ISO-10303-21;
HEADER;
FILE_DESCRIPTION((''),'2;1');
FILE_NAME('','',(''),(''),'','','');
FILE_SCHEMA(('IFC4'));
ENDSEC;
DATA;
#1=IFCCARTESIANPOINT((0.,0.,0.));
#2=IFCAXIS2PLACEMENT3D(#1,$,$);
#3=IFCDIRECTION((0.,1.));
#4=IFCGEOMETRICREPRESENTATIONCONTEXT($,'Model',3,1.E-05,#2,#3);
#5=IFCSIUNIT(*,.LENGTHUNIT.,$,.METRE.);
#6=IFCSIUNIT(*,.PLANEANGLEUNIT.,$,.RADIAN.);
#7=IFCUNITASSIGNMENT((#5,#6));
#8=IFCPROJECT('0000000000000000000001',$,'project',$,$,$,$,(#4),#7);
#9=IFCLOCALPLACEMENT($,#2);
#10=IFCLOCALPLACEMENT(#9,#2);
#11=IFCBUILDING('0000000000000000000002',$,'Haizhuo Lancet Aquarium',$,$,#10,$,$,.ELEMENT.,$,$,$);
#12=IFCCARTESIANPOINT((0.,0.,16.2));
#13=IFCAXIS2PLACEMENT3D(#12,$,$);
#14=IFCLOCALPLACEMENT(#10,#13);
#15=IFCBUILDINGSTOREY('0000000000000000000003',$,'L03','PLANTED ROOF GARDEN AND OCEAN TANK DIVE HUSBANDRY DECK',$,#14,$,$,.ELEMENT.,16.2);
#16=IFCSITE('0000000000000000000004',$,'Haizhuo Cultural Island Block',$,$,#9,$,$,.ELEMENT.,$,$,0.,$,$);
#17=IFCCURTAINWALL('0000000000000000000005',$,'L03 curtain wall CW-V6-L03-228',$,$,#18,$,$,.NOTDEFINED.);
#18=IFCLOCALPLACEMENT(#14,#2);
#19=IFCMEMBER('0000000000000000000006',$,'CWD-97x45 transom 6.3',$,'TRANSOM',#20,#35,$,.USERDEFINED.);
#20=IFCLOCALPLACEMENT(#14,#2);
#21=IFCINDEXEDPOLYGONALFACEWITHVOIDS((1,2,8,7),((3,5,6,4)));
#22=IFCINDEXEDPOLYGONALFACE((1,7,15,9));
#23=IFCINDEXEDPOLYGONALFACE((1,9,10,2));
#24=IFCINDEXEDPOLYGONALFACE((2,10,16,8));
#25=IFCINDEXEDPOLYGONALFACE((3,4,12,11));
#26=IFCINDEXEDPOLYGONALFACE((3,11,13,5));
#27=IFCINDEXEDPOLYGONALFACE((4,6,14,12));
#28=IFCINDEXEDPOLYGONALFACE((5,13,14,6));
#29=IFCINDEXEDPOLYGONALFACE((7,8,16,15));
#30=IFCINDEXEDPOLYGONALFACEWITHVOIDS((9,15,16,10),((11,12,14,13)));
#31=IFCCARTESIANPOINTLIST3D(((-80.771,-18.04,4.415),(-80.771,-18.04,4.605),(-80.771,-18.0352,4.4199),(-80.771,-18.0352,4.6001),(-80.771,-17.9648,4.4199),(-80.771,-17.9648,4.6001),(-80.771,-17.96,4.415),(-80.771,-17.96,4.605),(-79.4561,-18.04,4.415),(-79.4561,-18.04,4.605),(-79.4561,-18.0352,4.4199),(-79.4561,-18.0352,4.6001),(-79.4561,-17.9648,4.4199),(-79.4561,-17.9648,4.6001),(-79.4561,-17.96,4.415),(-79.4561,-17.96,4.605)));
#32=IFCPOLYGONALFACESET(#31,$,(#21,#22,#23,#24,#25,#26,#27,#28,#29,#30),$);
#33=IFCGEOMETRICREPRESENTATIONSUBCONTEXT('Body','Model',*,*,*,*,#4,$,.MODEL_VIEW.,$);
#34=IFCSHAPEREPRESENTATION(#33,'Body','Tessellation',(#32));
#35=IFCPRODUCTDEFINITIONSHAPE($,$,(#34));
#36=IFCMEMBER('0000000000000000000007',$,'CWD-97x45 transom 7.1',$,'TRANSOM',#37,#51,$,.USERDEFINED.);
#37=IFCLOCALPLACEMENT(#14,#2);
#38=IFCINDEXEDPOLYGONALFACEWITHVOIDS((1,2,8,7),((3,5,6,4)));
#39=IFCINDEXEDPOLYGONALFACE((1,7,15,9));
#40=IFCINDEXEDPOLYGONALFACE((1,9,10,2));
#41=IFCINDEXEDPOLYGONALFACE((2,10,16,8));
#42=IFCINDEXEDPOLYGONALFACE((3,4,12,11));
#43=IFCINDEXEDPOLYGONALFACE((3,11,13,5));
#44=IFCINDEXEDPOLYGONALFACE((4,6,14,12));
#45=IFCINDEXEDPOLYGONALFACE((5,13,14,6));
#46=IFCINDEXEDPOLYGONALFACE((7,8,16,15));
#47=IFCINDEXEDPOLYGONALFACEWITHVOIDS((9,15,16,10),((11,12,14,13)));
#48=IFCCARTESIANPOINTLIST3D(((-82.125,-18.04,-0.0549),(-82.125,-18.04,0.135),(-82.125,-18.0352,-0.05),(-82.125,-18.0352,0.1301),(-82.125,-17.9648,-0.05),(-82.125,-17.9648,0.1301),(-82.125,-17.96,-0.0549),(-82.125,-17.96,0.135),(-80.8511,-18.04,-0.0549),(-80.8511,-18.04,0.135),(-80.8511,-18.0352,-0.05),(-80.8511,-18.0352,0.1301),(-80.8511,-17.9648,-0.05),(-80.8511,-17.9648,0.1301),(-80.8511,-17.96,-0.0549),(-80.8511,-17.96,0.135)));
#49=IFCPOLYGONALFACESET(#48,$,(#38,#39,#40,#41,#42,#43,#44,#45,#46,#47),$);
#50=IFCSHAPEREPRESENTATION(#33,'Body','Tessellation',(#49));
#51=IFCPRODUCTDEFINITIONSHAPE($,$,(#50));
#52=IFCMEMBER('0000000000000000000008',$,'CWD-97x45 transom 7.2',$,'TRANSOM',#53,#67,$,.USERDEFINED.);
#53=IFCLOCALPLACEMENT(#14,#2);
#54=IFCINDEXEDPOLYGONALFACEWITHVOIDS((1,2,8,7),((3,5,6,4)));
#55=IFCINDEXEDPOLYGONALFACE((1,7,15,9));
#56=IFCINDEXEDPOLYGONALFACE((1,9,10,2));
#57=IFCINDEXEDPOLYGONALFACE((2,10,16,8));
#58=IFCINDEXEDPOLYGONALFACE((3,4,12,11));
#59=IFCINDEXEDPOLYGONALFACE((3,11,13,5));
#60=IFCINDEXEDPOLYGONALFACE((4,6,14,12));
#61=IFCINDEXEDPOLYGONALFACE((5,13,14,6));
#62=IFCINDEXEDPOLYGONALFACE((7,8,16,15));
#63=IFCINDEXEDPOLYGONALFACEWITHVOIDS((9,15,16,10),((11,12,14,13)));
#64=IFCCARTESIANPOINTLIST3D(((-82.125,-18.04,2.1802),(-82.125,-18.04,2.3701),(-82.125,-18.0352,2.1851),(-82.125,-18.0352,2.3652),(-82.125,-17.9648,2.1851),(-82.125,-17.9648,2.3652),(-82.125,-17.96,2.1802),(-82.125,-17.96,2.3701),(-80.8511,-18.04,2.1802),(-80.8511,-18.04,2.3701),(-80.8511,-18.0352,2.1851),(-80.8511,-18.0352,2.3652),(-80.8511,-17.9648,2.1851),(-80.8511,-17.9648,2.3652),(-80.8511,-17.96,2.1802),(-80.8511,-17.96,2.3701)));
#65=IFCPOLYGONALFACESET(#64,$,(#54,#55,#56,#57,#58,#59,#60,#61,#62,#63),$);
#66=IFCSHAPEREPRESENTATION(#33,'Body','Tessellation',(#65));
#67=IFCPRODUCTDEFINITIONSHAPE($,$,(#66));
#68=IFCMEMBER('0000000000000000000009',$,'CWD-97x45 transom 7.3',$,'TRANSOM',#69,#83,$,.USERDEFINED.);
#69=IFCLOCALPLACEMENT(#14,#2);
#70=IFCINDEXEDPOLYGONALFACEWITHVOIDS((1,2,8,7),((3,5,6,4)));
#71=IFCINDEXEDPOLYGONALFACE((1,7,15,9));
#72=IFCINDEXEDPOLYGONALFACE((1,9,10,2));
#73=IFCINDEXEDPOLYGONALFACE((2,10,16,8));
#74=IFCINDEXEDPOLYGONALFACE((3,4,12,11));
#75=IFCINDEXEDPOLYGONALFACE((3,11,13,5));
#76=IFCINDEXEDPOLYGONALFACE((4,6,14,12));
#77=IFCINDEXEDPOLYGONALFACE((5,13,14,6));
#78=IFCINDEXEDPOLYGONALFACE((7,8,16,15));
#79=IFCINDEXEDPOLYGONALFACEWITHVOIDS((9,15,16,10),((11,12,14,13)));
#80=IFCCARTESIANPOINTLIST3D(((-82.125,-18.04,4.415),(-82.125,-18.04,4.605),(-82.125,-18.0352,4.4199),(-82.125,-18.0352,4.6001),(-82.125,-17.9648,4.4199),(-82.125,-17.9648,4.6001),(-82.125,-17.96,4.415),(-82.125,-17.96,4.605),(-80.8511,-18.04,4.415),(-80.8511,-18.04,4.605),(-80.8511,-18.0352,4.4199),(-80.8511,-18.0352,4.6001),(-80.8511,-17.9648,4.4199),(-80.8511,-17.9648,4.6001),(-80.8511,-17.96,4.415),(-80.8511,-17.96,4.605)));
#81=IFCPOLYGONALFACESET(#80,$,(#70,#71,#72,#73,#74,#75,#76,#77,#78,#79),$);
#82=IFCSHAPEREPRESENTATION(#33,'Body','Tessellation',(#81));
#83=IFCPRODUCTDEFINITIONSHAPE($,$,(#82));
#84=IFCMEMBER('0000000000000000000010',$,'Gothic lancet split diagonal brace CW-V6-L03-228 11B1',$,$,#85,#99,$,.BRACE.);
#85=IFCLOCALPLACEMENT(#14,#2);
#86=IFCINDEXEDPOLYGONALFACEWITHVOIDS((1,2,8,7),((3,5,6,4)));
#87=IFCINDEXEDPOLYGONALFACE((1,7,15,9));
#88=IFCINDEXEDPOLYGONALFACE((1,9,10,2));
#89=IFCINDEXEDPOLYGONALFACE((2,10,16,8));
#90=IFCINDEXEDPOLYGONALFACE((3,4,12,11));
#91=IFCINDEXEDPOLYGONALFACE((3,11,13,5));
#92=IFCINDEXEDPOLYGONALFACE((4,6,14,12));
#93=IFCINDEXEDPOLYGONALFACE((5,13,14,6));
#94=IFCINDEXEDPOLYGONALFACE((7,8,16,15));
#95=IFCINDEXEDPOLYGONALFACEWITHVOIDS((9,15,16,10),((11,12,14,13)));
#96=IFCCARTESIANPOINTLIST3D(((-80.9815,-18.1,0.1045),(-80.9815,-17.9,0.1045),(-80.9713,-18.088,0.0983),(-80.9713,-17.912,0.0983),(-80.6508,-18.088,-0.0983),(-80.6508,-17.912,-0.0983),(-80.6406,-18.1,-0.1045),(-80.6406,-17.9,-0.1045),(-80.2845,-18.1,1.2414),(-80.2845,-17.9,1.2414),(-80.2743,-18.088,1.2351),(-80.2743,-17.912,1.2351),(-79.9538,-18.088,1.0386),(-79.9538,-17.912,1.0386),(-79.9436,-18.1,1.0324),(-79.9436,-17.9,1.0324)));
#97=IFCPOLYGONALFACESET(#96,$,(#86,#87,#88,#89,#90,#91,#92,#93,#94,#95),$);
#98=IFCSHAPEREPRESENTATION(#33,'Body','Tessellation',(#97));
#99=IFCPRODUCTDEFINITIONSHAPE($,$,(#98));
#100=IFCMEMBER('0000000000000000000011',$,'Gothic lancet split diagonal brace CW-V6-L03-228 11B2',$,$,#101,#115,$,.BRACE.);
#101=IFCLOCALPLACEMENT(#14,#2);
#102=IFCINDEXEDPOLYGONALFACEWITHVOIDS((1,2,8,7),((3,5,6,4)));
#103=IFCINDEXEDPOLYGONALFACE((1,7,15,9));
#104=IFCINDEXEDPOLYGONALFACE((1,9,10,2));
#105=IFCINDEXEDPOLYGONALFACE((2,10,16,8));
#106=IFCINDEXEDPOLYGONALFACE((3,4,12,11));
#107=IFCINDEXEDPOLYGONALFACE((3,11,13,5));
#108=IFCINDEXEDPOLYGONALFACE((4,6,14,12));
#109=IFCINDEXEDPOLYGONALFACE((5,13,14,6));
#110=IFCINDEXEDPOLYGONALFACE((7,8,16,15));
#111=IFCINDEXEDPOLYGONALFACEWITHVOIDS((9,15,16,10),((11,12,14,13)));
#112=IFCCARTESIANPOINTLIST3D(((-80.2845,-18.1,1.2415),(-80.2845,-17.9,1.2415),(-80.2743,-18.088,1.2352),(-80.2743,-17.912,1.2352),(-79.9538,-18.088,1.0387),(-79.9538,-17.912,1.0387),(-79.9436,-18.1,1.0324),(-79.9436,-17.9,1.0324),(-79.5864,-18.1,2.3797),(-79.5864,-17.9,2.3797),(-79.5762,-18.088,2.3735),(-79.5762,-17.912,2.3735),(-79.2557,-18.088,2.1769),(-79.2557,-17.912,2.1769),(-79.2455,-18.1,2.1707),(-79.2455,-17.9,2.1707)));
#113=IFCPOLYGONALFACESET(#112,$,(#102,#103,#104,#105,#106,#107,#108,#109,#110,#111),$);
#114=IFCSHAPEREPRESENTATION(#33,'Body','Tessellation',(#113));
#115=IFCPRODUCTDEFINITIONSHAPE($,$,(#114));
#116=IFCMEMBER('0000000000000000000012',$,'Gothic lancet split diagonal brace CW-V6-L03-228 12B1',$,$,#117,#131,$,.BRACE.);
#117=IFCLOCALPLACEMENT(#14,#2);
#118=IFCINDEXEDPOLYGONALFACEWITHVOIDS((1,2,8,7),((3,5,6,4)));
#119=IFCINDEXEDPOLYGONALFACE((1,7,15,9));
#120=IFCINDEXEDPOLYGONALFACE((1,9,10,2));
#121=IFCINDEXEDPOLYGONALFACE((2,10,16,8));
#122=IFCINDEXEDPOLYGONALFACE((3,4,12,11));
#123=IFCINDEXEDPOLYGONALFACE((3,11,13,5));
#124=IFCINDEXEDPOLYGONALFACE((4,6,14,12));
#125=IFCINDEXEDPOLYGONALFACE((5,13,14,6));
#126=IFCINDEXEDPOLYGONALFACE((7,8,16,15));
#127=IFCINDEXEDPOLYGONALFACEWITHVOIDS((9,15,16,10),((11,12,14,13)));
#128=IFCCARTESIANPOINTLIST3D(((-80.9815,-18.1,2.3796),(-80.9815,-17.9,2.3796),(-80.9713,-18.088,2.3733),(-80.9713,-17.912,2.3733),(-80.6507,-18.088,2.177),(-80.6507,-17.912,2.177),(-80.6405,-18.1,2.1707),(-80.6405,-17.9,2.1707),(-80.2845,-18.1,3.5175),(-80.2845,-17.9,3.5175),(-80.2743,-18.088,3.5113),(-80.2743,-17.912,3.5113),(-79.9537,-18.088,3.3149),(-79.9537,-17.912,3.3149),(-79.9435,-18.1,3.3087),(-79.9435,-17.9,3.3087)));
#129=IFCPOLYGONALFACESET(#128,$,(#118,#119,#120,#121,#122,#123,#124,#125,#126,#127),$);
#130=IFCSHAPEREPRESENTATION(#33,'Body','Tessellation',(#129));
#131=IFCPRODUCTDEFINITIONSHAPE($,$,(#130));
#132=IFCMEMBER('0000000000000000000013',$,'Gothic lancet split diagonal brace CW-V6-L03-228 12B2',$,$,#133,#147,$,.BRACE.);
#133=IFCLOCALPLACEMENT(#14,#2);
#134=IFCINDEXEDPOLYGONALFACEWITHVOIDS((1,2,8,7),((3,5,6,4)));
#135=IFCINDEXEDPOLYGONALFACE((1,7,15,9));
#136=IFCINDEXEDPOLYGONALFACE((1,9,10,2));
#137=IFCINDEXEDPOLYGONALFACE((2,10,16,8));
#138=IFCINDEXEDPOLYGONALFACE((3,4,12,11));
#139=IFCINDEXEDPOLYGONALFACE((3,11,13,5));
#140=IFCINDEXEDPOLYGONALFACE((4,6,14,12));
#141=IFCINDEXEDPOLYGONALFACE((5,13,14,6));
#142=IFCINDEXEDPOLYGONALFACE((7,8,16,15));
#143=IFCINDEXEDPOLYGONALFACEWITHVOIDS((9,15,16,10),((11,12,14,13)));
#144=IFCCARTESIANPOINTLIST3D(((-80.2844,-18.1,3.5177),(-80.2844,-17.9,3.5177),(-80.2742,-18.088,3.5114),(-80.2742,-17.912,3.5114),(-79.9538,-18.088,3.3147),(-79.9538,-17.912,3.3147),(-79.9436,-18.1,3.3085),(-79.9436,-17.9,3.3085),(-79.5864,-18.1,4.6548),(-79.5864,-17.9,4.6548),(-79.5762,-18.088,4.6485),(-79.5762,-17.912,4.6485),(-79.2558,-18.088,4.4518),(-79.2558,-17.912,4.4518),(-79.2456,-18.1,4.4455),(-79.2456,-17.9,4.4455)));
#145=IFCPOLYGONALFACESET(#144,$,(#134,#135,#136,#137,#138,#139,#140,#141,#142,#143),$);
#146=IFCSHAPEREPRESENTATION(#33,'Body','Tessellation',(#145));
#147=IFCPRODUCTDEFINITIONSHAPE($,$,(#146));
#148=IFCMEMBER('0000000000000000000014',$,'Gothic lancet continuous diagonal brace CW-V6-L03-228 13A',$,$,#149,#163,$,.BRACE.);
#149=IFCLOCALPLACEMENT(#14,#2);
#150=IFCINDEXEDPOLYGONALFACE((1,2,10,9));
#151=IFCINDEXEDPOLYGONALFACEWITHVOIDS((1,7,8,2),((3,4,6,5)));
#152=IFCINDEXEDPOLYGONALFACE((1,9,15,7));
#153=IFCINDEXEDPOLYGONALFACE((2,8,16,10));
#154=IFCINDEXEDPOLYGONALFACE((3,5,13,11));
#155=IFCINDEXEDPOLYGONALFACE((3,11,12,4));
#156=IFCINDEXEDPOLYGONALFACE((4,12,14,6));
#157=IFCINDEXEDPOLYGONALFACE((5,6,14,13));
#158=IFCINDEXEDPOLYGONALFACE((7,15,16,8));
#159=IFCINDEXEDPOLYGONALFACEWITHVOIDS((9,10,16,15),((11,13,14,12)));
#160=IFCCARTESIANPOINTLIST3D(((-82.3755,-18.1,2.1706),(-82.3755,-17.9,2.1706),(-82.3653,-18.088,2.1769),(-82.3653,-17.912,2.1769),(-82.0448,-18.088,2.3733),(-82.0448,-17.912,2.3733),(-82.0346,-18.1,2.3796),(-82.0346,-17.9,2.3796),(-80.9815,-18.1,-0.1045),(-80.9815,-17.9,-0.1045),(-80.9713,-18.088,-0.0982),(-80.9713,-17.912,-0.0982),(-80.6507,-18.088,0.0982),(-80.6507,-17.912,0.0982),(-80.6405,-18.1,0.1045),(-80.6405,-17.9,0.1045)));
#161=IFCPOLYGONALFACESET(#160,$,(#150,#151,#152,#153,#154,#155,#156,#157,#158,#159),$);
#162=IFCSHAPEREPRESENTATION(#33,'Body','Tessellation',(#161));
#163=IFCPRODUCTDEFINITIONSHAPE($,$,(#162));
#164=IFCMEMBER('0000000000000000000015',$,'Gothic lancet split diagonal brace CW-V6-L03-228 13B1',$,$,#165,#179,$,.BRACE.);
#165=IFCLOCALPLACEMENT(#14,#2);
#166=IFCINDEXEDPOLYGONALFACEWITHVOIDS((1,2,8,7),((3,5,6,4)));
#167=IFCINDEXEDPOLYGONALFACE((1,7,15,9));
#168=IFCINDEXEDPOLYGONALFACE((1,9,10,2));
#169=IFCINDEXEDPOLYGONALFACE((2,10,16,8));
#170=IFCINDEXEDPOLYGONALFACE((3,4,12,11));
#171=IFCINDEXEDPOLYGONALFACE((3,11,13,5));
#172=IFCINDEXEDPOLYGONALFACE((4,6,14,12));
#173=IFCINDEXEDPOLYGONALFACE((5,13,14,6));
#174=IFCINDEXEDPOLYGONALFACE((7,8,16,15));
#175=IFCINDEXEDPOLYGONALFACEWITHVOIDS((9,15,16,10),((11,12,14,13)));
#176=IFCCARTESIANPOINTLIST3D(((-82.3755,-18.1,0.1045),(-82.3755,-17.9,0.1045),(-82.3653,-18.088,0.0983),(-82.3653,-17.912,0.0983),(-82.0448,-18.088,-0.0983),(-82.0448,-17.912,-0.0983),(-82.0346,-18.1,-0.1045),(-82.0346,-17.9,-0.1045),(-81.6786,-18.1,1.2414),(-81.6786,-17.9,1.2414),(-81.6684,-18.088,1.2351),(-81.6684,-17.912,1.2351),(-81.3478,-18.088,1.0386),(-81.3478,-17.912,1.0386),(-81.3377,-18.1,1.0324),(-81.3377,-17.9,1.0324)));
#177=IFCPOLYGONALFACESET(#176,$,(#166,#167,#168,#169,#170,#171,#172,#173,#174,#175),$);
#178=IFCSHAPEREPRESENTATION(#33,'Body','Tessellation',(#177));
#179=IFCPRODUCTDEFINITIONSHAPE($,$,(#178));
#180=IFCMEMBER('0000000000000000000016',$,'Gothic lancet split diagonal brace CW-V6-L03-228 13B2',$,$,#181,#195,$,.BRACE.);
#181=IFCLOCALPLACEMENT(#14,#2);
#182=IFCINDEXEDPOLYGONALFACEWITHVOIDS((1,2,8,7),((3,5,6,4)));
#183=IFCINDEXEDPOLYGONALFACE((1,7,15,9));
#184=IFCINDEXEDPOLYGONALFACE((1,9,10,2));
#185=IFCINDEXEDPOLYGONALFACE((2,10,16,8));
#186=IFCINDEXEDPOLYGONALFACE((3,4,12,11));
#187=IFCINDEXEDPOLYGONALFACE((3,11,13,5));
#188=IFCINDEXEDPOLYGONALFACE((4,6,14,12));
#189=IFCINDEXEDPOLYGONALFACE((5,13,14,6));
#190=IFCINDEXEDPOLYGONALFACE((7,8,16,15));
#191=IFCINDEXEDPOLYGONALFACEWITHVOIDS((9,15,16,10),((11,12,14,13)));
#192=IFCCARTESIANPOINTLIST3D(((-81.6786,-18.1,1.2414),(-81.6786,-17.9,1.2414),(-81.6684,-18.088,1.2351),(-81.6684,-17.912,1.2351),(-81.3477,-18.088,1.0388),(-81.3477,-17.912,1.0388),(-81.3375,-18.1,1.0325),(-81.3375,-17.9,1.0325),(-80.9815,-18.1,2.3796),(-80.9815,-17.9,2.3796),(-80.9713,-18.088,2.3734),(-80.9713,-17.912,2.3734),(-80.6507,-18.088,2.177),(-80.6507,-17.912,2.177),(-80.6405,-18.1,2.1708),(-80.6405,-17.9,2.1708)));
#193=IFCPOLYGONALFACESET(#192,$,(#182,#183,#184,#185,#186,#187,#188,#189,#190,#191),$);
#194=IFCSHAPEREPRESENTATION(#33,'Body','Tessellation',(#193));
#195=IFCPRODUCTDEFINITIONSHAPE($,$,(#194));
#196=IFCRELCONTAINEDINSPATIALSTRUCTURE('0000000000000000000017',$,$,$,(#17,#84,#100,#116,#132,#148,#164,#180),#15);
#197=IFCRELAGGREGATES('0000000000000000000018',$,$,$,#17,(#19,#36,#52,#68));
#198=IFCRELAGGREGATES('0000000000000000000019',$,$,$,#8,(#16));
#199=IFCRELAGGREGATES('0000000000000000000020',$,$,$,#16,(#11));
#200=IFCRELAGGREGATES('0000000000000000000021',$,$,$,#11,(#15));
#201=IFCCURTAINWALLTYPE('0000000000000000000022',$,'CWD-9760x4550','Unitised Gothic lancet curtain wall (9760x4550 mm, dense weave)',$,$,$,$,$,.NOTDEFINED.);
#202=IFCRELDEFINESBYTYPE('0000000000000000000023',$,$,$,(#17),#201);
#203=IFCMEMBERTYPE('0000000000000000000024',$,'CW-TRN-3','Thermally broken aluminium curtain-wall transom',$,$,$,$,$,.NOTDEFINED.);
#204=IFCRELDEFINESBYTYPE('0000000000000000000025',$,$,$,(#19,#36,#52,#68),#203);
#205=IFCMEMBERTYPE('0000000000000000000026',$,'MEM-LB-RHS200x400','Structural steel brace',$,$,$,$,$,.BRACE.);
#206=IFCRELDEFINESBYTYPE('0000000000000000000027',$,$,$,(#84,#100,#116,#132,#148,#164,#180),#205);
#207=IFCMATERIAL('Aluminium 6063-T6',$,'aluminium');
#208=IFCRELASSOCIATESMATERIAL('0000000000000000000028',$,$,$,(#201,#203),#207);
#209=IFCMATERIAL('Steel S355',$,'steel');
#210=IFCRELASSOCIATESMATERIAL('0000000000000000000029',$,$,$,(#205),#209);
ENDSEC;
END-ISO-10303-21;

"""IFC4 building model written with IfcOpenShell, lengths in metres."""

from ifc_helpers import new_model, si_unit, direction, frame, origin, origin_2d, place, context, subcontext, project, spatial, hollow_rectangle, extrude, material, material_profile, profile_set, type_object, element, aggregate, save


model = new_model("IFC4")

# Units and contexts
model_context = context("Model", 3, precision=1e-05, world=origin(), true_north=direction((0.0, 1.0)))
body_context = subcontext(model_context, "Body", "Model", "MODEL_VIEW")
ifc_project = project(units=[si_unit("LENGTHUNIT", "METRE"), si_unit("PLANEANGLEUNIT", "RADIAN")], contexts=[model_context])

# Site, building, storey
site_placement = place(None, origin())
site = spatial("IfcSite", under=ifc_project, at=site_placement, Name="Haizhuo Cultural Island Block", CompositionType="ELEMENT", RefElevation=0.0)
building_placement = place(site_placement, origin())
building = spatial("IfcBuilding", under=site, at=building_placement, Name="Haizhuo Lancet Aquarium", CompositionType="ELEMENT")
storey_placement = place(building_placement, frame((0.0, 0.0, 16.2)))
storey = spatial("IfcBuildingStorey", under=building, at=storey_placement, Name="L03", Description="PLANTED ROOF GARDEN AND OCEAN TANK DIVE HUSBANDRY DECK", CompositionType="ELEMENT", Elevation=16.2)

# Shared definitions
ifc_material_1 = material(Name="Steel S355", Category="steel")

# Curtain wall, members
ifc_material_2 = material(Name="Aluminium 6063-T6", Category="aluminium")
curtain_wall_type = type_object("IfcCurtainWallType", Name="CWD-9760x4550", Description="Unitised Gothic lancet curtain wall (9760x4550 mm, dense weave)", PredefinedType="NOTDEFINED", material=ifc_material_2)
curtain_wall_placement = place(storey_placement, origin())
curtain_wall = element("IfcCurtainWall", 1, at=curtain_wall_placement, inside=storey, type_object=curtain_wall_type, Name="L03 curtain wall CW-V6-L03-228", PredefinedType="NOTDEFINED")
ifc_material_profile_1 = material_profile(ifc_material_2, hollow_rectangle(XDim=0.0801, YDim=0.1899, WallThickness=0.0049, at=origin_2d()), Name="ALU-T 80x190x5")
ifc_profile_set_1 = profile_set([ifc_material_profile_1], Name="Aluminium 6063-T6")
member_type_1 = type_object("IfcMemberType", Name="CW-TRN-3", Description="Thermally broken aluminium curtain-wall transom", PredefinedType="NOTDEFINED", material=ifc_profile_set_1)
member_1_placement = place(storey_placement, frame((-79.4561, -18.0, 4.51), z_axis=(-1.0, 0.0, 0.0), x_axis=(0.0, -1.0, 0.0)))
member_1 = element("IfcMember", 2, at=member_1_placement, type_object=member_type_1, Name="CWD-97x45 transom 6.3", ObjectType="TRANSOM", PredefinedType="USERDEFINED", context=body_context, shape_type="SweptSolid", body=[
    extrude(hollow_rectangle(XDim=0.0801, YDim=0.1899, WallThickness=0.0049, at=origin_2d()), origin(), (0.0, 0.0, 1.0), 1.3149),
])
member_2_placement = place(storey_placement, frame((-80.8511, -18.0, 0.04), z_axis=(-1.0, 0.0, 0.0), x_axis=(0.0, -1.0, 0.0)))
member_2 = element("IfcMember", 3, at=member_2_placement, type_object=member_type_1, Name="CWD-97x45 transom 7.1", ObjectType="TRANSOM", PredefinedType="USERDEFINED", context=body_context, shape_type="SweptSolid", body=[
    extrude(hollow_rectangle(XDim=0.0801, YDim=0.1899, WallThickness=0.0049, at=origin_2d()), origin(), (0.0, 0.0, 1.0), 1.2739),
])
member_3_placement = place(storey_placement, frame((-80.8511, -18.0, 2.2751), z_axis=(-1.0, 0.0, 0.0), x_axis=(0.0, -1.0, 0.0)))
member_3 = element("IfcMember", 4, at=member_3_placement, type_object=member_type_1, Name="CWD-97x45 transom 7.2", ObjectType="TRANSOM", PredefinedType="USERDEFINED", context=body_context, shape_type="SweptSolid", body=[
    extrude(hollow_rectangle(XDim=0.0801, YDim=0.1899, WallThickness=0.0049, at=origin_2d()), origin(), (0.0, 0.0, 1.0), 1.2739),
])
member_4_placement = place(storey_placement, frame((-80.8511, -18.0, 4.51), z_axis=(-1.0, 0.0, 0.0), x_axis=(0.0, -1.0, 0.0)))
member_4 = element("IfcMember", 5, at=member_4_placement, type_object=member_type_1, Name="CWD-97x45 transom 7.3", ObjectType="TRANSOM", PredefinedType="USERDEFINED", context=body_context, shape_type="SweptSolid", body=[
    extrude(hollow_rectangle(XDim=0.0801, YDim=0.1899, WallThickness=0.0049, at=origin_2d()), origin(), (0.0, 0.0, 1.0), 1.2739),
])

# Members
ifc_material_profile_2 = material_profile(ifc_material_1, hollow_rectangle(XDim=0.2, YDim=0.3999, WallThickness=0.012, at=origin_2d()), Name="RHS 200x400x12")
ifc_profile_set_2 = profile_set([ifc_material_profile_2], Name="Steel S355")
member_type_2 = type_object("IfcMemberType", Name="MEM-LB-RHS200x400", Description="Structural steel brace", PredefinedType="BRACE", material=ifc_profile_set_2)
member_5_placement = place(storey_placement, frame((-80.811, -18.0, 0.0), z_axis=(0.522656, 0.0, 0.852543), x_axis=(0.0, 1.0, 0.0)))
element("IfcMember", 6, at=member_5_placement, inside=storey, type_object=member_type_2, Name="Gothic lancet split diagonal brace CW-V6-L03-228 11B1", PredefinedType="BRACE", context=body_context, shape_type="SweptSolid", body=[
    extrude(hollow_rectangle(XDim=0.2, YDim=0.3999, WallThickness=0.012, at=origin_2d()), origin(), (0.0, 0.0, 1.0), 1.3335),
])
member_6_placement = place(storey_placement, frame((-80.114, -18.0, 1.137), z_axis=(0.522781, 0.0, 0.852467), x_axis=(0.0, 1.0, 0.0)))
element("IfcMember", 7, at=member_6_placement, inside=storey, type_object=member_type_2, Name="Gothic lancet split diagonal brace CW-V6-L03-228 11B2", PredefinedType="BRACE", context=body_context, shape_type="SweptSolid", body=[
    extrude(hollow_rectangle(XDim=0.2, YDim=0.3999, WallThickness=0.012, at=origin_2d()), origin(), (0.0, 0.0, 1.0), 1.3352),
])
member_7_placement = place(storey_placement, frame((-80.811, -18.0, 2.2751), z_axis=(0.52233, 0.0, 0.852743), x_axis=(0.0, 1.0, 0.0)))
element("IfcMember", 8, at=member_7_placement, inside=storey, type_object=member_type_2, Name="Gothic lancet split diagonal brace CW-V6-L03-228 12B1", PredefinedType="BRACE", context=body_context, shape_type="SweptSolid", body=[
    extrude(hollow_rectangle(XDim=0.2, YDim=0.3999, WallThickness=0.012, at=origin_2d()), origin(), (0.0, 0.0, 1.0), 1.3345),
])
member_8_placement = place(storey_placement, frame((-80.114, -18.0, 3.4131), z_axis=(0.523188, 0.0, 0.852217), x_axis=(0.0, 1.0, 0.0)))
element("IfcMember", 9, at=member_8_placement, inside=storey, type_object=member_type_2, Name="Gothic lancet split diagonal brace CW-V6-L03-228 12B2", PredefinedType="BRACE", context=body_context, shape_type="SweptSolid", body=[
    extrude(hollow_rectangle(XDim=0.2, YDim=0.3999, WallThickness=0.012, at=origin_2d()), origin(), (0.0, 0.0, 1.0), 1.3342),
])
member_9_placement = place(storey_placement, frame((-80.811, -18.0, 0.0), z_axis=(-0.522453, 0.0, 0.852668), x_axis=(0.0, -1.0, 0.0)))
element("IfcMember", 10, at=member_9_placement, inside=storey, type_object=member_type_2, Name="Gothic lancet continuous diagonal brace CW-V6-L03-228 13A", PredefinedType="BRACE", context=body_context, shape_type="SweptSolid", body=[
    extrude(hollow_rectangle(XDim=0.2, YDim=0.3999, WallThickness=0.012, at=origin_2d()), origin(), (0.0, 0.0, 1.0), 2.6682),
])
member_10_placement = place(storey_placement, frame((-82.2051, -18.0, 0.0), z_axis=(0.522656, 0.0, 0.852543), x_axis=(0.0, 1.0, 0.0)))
element("IfcMember", 11, at=member_10_placement, inside=storey, type_object=member_type_2, Name="Gothic lancet split diagonal brace CW-V6-L03-228 13B1", PredefinedType="BRACE", context=body_context, shape_type="SweptSolid", body=[
    extrude(hollow_rectangle(XDim=0.2, YDim=0.3999, WallThickness=0.012, at=origin_2d()), origin(), (0.0, 0.0, 1.0), 1.3335),
])
member_11_placement = place(storey_placement, frame((-81.5081, -18.0, 1.137), z_axis=(0.522249, 0.0, 0.852793), x_axis=(0.0, 1.0, 0.0)))
element("IfcMember", 12, at=member_11_placement, inside=storey, type_object=member_type_2, Name="Gothic lancet split diagonal brace CW-V6-L03-228 13B2", PredefinedType="BRACE", context=body_context, shape_type="SweptSolid", body=[
    extrude(hollow_rectangle(XDim=0.2, YDim=0.3999, WallThickness=0.012, at=origin_2d()), origin(), (0.0, 0.0, 1.0), 1.3347),
])

aggregate(curtain_wall, [member_1, member_2, member_3, member_4])

save(model, "model.ifc")
